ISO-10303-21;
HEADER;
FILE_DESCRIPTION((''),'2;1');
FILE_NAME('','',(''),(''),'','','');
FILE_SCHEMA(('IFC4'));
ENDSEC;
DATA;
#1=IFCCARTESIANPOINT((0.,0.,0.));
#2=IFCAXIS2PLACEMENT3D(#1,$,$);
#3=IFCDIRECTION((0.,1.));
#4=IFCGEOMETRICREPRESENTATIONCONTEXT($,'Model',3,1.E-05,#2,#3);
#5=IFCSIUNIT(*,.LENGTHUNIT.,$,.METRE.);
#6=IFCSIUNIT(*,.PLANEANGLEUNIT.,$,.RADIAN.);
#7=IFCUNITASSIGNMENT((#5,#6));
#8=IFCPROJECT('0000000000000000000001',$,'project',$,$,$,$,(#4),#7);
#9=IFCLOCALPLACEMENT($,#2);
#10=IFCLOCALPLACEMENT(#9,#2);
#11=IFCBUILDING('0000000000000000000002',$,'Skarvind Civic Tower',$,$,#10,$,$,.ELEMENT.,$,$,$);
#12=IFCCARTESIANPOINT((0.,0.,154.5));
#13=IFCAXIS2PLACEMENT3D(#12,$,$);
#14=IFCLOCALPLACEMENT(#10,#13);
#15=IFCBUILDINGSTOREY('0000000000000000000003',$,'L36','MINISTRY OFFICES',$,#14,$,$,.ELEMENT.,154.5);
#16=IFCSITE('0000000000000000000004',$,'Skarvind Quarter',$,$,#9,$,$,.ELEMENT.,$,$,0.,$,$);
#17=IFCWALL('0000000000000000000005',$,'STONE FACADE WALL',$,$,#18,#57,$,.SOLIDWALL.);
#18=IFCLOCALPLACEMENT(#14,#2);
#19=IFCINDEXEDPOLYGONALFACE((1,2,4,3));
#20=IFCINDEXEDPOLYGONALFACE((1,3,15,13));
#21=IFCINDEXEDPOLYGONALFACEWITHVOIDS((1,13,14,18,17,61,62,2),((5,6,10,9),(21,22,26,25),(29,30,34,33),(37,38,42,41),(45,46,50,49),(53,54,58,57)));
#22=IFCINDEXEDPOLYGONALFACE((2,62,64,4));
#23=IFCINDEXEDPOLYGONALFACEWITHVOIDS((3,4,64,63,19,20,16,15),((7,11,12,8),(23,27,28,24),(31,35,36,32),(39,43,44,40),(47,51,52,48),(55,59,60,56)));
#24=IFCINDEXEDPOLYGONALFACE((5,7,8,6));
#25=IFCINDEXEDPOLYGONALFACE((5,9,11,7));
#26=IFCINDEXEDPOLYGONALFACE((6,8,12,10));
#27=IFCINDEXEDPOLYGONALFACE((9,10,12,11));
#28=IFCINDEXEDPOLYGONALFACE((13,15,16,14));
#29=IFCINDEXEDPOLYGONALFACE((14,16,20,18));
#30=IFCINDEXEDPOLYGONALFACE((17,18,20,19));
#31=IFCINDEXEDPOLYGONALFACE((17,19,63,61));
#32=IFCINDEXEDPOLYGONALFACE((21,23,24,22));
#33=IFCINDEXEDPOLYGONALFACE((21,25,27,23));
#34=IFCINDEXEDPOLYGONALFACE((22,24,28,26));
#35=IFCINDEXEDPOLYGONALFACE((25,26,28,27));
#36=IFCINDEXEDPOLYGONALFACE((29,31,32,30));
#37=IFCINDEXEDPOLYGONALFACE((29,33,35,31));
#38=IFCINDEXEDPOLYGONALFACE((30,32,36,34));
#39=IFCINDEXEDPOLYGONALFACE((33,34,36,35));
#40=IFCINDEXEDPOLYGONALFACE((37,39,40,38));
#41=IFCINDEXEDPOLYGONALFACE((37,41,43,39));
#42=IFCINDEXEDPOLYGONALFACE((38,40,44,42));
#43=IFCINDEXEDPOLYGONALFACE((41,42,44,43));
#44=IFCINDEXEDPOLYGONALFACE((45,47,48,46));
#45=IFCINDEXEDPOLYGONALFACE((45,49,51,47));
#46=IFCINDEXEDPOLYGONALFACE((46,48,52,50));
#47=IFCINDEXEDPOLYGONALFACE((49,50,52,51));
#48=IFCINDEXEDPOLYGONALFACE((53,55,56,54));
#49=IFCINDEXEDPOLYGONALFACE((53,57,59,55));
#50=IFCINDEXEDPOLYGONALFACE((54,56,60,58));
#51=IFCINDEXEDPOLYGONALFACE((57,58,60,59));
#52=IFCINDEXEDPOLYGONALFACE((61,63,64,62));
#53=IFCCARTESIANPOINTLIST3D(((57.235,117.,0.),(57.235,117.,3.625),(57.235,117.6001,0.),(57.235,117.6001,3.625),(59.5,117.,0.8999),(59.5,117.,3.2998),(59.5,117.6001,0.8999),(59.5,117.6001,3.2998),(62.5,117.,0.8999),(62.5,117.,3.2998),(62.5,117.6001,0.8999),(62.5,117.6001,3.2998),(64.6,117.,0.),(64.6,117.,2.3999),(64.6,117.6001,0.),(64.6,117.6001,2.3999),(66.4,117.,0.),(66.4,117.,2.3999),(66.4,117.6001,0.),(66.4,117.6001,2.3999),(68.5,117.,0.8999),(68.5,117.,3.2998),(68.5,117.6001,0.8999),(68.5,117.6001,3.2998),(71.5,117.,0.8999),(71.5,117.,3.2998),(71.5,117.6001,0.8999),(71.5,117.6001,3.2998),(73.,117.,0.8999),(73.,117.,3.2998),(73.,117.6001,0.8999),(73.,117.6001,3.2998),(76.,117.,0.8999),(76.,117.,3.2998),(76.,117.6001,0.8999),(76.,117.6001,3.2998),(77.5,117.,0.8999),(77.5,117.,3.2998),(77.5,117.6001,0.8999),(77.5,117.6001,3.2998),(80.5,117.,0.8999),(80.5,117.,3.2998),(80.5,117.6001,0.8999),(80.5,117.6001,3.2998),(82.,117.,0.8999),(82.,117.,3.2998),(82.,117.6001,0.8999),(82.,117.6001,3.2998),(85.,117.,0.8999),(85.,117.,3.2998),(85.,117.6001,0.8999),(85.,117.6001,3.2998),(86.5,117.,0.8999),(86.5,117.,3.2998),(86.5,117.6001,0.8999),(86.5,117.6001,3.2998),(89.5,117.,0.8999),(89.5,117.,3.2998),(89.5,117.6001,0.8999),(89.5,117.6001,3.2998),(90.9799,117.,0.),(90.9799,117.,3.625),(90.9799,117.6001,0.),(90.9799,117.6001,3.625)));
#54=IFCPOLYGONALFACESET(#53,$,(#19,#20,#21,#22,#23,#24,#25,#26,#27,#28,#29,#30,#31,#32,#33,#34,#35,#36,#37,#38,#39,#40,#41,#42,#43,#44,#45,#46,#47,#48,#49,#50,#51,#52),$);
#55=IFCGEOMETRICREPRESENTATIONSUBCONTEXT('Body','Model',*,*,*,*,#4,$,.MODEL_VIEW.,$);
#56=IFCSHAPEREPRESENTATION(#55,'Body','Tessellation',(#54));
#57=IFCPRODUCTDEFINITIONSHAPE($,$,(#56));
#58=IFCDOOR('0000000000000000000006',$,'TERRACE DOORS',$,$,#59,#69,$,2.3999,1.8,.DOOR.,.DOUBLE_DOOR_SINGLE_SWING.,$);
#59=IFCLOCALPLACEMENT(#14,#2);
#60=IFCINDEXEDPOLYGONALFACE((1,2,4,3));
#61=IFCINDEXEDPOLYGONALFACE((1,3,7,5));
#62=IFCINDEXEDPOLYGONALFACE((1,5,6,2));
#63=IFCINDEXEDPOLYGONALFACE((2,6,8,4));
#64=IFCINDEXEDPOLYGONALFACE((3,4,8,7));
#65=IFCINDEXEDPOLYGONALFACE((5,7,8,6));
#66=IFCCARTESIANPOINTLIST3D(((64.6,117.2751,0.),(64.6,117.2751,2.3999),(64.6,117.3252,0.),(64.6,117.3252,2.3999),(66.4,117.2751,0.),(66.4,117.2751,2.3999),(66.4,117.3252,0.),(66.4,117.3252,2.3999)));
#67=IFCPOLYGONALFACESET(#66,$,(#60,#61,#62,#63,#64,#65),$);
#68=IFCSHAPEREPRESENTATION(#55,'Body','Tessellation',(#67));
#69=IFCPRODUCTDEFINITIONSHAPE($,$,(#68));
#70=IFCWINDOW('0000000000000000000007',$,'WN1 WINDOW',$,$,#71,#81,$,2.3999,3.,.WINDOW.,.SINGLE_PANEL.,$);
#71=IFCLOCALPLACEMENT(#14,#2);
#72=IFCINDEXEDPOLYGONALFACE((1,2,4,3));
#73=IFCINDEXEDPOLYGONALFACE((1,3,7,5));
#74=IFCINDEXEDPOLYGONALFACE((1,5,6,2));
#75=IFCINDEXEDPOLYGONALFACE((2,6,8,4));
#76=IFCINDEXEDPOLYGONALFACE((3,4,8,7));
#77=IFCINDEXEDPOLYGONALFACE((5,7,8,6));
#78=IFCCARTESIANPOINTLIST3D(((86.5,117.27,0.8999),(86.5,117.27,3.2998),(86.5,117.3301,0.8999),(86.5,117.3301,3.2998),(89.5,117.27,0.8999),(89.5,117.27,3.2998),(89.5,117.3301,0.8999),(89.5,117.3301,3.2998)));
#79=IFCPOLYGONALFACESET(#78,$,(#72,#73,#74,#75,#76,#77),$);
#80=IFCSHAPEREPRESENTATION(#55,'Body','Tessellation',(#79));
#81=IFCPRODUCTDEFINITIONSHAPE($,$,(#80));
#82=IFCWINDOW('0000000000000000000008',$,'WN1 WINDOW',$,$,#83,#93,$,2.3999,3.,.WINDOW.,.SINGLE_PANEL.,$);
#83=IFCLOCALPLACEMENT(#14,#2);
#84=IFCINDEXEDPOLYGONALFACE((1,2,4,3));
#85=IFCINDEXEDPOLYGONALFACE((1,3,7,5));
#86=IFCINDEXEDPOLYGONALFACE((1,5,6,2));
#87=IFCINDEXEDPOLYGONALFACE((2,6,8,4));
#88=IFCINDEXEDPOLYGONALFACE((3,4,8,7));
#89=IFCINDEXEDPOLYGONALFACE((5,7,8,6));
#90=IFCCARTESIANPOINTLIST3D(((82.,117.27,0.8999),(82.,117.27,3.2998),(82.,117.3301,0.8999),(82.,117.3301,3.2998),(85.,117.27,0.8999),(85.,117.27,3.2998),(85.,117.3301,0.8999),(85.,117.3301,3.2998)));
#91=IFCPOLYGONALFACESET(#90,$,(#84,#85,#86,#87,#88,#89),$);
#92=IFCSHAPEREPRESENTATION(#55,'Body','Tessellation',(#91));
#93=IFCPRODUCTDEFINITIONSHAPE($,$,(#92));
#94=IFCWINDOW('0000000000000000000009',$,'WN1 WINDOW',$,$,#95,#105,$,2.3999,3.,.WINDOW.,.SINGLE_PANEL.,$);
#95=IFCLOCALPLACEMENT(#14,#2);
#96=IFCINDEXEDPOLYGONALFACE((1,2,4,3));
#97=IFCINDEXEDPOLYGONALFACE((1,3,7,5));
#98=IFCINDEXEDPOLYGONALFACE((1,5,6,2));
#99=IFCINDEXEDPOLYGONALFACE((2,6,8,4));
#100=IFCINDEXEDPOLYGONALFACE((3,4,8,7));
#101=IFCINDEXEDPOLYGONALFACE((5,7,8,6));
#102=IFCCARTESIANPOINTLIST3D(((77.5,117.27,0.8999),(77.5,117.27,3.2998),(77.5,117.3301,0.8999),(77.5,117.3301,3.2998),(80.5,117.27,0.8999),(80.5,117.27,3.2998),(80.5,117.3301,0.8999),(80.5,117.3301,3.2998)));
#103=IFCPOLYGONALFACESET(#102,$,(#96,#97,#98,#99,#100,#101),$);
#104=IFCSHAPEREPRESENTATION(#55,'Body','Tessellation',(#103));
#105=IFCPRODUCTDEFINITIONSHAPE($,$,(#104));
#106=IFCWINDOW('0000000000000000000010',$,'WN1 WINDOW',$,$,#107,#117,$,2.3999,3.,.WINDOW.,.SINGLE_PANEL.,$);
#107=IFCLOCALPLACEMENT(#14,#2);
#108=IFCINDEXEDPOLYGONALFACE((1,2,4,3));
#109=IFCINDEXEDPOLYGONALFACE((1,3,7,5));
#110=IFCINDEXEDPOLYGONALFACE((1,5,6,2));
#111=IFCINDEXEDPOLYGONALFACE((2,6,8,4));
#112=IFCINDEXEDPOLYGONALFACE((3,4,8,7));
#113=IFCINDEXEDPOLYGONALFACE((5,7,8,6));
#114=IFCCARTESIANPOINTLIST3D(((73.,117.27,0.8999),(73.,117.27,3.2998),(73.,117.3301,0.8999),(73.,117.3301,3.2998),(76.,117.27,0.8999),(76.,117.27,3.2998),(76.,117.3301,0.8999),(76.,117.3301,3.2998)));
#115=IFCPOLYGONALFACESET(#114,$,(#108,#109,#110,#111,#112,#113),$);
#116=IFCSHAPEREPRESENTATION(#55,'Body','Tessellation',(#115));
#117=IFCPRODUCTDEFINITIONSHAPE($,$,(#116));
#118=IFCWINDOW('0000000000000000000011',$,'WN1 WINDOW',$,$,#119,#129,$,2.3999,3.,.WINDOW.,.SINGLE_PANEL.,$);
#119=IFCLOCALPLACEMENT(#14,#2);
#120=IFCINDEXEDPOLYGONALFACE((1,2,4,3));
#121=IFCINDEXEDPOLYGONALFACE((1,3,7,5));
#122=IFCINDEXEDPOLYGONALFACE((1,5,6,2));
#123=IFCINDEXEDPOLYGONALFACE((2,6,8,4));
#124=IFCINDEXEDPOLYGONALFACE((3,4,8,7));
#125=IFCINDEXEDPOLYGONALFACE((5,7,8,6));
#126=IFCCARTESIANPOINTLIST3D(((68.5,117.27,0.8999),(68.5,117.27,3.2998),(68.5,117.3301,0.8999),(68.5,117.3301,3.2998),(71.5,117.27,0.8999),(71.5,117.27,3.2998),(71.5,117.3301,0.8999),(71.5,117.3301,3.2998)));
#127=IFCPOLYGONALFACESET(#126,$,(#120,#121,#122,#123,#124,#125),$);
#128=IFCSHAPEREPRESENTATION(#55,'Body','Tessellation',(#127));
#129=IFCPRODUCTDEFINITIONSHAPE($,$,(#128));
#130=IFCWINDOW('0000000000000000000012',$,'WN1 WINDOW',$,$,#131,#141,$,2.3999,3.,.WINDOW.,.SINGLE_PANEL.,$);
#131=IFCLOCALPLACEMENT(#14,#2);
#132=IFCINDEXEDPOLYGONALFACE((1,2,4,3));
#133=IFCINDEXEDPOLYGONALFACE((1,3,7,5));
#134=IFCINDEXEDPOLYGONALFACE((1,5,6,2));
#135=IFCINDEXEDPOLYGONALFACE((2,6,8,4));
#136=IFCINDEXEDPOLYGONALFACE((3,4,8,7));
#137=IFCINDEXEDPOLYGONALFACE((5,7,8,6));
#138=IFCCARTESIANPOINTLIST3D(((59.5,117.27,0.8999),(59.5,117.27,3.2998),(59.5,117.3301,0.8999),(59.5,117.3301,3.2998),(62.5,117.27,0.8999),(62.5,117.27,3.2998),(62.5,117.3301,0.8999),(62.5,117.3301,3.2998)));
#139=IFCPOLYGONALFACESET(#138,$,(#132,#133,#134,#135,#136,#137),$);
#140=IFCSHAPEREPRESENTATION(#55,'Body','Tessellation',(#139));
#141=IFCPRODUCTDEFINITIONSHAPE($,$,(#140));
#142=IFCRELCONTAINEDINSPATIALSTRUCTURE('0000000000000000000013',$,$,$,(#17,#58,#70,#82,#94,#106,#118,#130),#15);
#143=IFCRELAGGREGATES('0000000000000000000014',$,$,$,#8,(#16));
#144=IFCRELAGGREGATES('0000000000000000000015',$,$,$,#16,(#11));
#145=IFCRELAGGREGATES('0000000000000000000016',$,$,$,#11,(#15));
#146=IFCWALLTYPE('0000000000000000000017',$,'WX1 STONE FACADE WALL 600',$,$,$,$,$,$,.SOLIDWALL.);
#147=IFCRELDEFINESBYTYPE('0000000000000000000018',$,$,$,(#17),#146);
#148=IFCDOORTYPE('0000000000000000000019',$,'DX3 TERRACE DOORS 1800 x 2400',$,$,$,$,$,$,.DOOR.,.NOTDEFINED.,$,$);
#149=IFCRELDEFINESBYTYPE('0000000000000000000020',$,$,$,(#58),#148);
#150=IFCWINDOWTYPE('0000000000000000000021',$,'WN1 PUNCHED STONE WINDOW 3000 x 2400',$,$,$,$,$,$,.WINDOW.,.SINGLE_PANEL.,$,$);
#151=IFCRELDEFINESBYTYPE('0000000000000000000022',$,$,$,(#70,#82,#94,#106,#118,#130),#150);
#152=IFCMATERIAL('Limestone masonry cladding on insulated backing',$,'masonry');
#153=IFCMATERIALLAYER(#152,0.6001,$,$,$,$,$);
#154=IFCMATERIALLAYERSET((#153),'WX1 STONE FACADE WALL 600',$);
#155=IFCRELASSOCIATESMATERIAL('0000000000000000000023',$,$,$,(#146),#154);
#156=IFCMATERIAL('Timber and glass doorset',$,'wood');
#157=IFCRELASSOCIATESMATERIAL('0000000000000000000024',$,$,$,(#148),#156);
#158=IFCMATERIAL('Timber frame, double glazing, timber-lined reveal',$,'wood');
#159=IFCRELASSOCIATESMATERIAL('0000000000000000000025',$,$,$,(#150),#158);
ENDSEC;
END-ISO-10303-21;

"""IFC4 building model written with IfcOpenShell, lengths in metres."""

from ifc_helpers import new_model, si_unit, direction, frame, frame_2d, origin, place, context, subcontext, project, spatial, rectangle, extrude, material, layer, layer_set, type_object, element, fill, save


model = new_model("IFC4")

# Units and contexts
model_context = context("Model", 3, precision=1e-05, world=origin(), true_north=direction((0.0, 1.0)))
body_context = subcontext(model_context, "Body", "Model", "MODEL_VIEW")
ifc_project = project(units=[si_unit("LENGTHUNIT", "METRE"), si_unit("PLANEANGLEUNIT", "RADIAN")], contexts=[model_context])

# Site, building, storey
site_placement = place(None, origin())
site = spatial("IfcSite", under=ifc_project, at=site_placement, Name="Skarvind Quarter", CompositionType="ELEMENT", RefElevation=0.0)
building_placement = place(site_placement, origin())
building = spatial("IfcBuilding", under=site, at=building_placement, Name="Skarvind Civic Tower", CompositionType="ELEMENT")
storey_placement = place(building_placement, frame((0.0, 0.0, 154.5)))
storey = spatial("IfcBuildingStorey", under=building, at=storey_placement, Name="L36", Description="MINISTRY OFFICES", CompositionType="ELEMENT", Elevation=154.5)

# Wall, openings, door, windows
ifc_material_1 = material(Name="Limestone masonry cladding on insulated backing", Category="masonry")
ifc_layer_1 = layer(ifc_material_1, 0.6001)
ifc_layer_set_1 = layer_set([ifc_layer_1], Name="WX1 STONE FACADE WALL 600")
wall_type_1 = type_object("IfcWallType", Name="WX1 STONE FACADE WALL 600", PredefinedType="SOLIDWALL", material=ifc_layer_set_1)
wall_1_placement = place(storey_placement, frame((90.98, 117.3, 0.0), z_axis=(0.0, 0.0, 1.0), x_axis=(-1.0, 0.0, 0.0)))
wall_1 = element("IfcWall", 1, at=wall_1_placement, inside=storey, type_object=wall_type_1, Name="STONE FACADE WALL", PredefinedType="SOLIDWALL", context=body_context, shape_type="SweptSolid", body=[
    extrude(rectangle(XDim=33.7449, YDim=0.6001, at=frame_2d((16.8726, 0.0))), origin(), (0.0, 0.0, 1.0), 3.625),
])
opening_1_placement = place(wall_1_placement, frame((1.48, 0.0, 0.8999)))
opening_1 = element("IfcOpeningElement", 2, at=opening_1_placement, cuts=wall_1, PredefinedType="OPENING", context=body_context, shape_type="SweptSolid", body=[
    extrude(rectangle(XDim=3.0, YDim=2.3999, at=frame_2d((1.5, 1.2))), frame((0.0, 0.3101, 0.0), z_axis=(0.0, -1.0, 0.0), x_axis=(1.0, 0.0, 0.0)), (0.0, 0.0, 1.0), 0.6201),
])
opening_2_placement = place(wall_1_placement, frame((5.98, 0.0, 0.8999)))
opening_2 = element("IfcOpeningElement", 3, at=opening_2_placement, cuts=wall_1, PredefinedType="OPENING", context=body_context, shape_type="SweptSolid", body=[
    extrude(rectangle(XDim=3.0, YDim=2.3999, at=frame_2d((1.5, 1.2))), frame((0.0, 0.3101, 0.0), z_axis=(0.0, -1.0, 0.0), x_axis=(1.0, 0.0, 0.0)), (0.0, 0.0, 1.0), 0.6201),
])
opening_3_placement = place(wall_1_placement, frame((10.48, 0.0, 0.8999)))
opening_3 = element("IfcOpeningElement", 4, at=opening_3_placement, cuts=wall_1, PredefinedType="OPENING", context=body_context, shape_type="SweptSolid", body=[
    extrude(rectangle(XDim=3.0, YDim=2.3999, at=frame_2d((1.5, 1.2))), frame((0.0, 0.3101, 0.0), z_axis=(0.0, -1.0, 0.0), x_axis=(1.0, 0.0, 0.0)), (0.0, 0.0, 1.0), 0.6201),
])
opening_4_placement = place(wall_1_placement, frame((14.98, 0.0, 0.8999)))
opening_4 = element("IfcOpeningElement", 5, at=opening_4_placement, cuts=wall_1, PredefinedType="OPENING", context=body_context, shape_type="SweptSolid", body=[
    extrude(rectangle(XDim=3.0, YDim=2.3999, at=frame_2d((1.5, 1.2))), frame((0.0, 0.3101, 0.0), z_axis=(0.0, -1.0, 0.0), x_axis=(1.0, 0.0, 0.0)), (0.0, 0.0, 1.0), 0.6201),
])
opening_5_placement = place(wall_1_placement, frame((19.48, 0.0, 0.8999)))
opening_5 = element("IfcOpeningElement", 6, at=opening_5_placement, cuts=wall_1, PredefinedType="OPENING", context=body_context, shape_type="SweptSolid", body=[
    extrude(rectangle(XDim=3.0, YDim=2.3999, at=frame_2d((1.5, 1.2))), frame((0.0, 0.3101, 0.0), z_axis=(0.0, -1.0, 0.0), x_axis=(1.0, 0.0, 0.0)), (0.0, 0.0, 1.0), 0.6201),
])
opening_6_placement = place(wall_1_placement, frame((24.5801, 0.0, 0.0)))
opening_6 = element("IfcOpeningElement", 7, at=opening_6_placement, cuts=wall_1, PredefinedType="OPENING", context=body_context, shape_type="SweptSolid", body=[
    extrude(rectangle(XDim=1.8, YDim=2.3999, at=frame_2d((0.8999, 1.2))), frame((0.0, 0.3101, 0.0), z_axis=(0.0, -1.0, 0.0), x_axis=(1.0, 0.0, 0.0)), (0.0, 0.0, 1.0), 0.6201),
])
opening_7_placement = place(wall_1_placement, frame((28.48, 0.0, 0.8999)))
opening_7 = element("IfcOpeningElement", 8, at=opening_7_placement, cuts=wall_1, PredefinedType="OPENING", context=body_context, shape_type="SweptSolid", body=[
    extrude(rectangle(XDim=3.0, YDim=2.3999, at=frame_2d((1.5, 1.2))), frame((0.0, 0.3101, 0.0), z_axis=(0.0, -1.0, 0.0), x_axis=(1.0, 0.0, 0.0)), (0.0, 0.0, 1.0), 0.6201),
])
ifc_material_2 = material(Name="Timber and glass doorset", Category="wood")
door_type_1 = type_object("IfcDoorType", Name="DX3 TERRACE DOORS 1800 x 2400", OperationType="NOTDEFINED", PredefinedType="DOOR", material=ifc_material_2)
door_1_placement = place(opening_6_placement, origin())
door_1 = element("IfcDoor", 9, at=door_1_placement, inside=storey, type_object=door_type_1, Name="TERRACE DOORS", OperationType="DOUBLE_DOOR_SINGLE_SWING", OverallHeight=2.3999, OverallWidth=1.8, PredefinedType="DOOR", context=body_context, shape_type="SweptSolid", body=[
    extrude(rectangle(XDim=1.8, YDim=2.3999, at=frame_2d((0.8999, 1.2))), frame((0.0, 0.0249, 0.0), z_axis=(0.0, -1.0, 0.0), x_axis=(1.0, 0.0, 0.0)), (0.0, 0.0, 1.0), 0.05),
])
fill(opening_6, door_1)
ifc_material_3 = material(Name="Timber frame, double glazing, timber-lined reveal", Category="wood")
window_type = type_object("IfcWindowType", Name="WN1 PUNCHED STONE WINDOW 3000 x 2400", PartitioningType="SINGLE_PANEL", PredefinedType="WINDOW", material=ifc_material_3)
window_1_placement = place(opening_1_placement, origin())
window_1 = element("IfcWindow", 10, at=window_1_placement, inside=storey, type_object=window_type, Name="WN1 WINDOW", OverallHeight=2.3999, OverallWidth=3.0, PartitioningType="SINGLE_PANEL", PredefinedType="WINDOW", context=body_context, shape_type="SweptSolid", body=[
    extrude(rectangle(XDim=3.0, YDim=2.3999, at=frame_2d((1.5, 1.2))), frame((0.0, 0.03, 0.0), z_axis=(0.0, -1.0, 0.0), x_axis=(1.0, 0.0, 0.0)), (0.0, 0.0, 1.0), 0.0601),
])
fill(opening_1, window_1)
window_2_placement = place(opening_2_placement, origin())
window_2 = element("IfcWindow", 11, at=window_2_placement, inside=storey, type_object=window_type, Name="WN1 WINDOW", OverallHeight=2.3999, OverallWidth=3.0, PartitioningType="SINGLE_PANEL", PredefinedType="WINDOW", context=body_context, shape_type="SweptSolid", body=[
    extrude(rectangle(XDim=3.0, YDim=2.3999, at=frame_2d((1.5, 1.2))), frame((0.0, 0.03, 0.0), z_axis=(0.0, -1.0, 0.0), x_axis=(1.0, 0.0, 0.0)), (0.0, 0.0, 1.0), 0.0601),
])
fill(opening_2, window_2)
window_3_placement = place(opening_3_placement, origin())
window_3 = element("IfcWindow", 12, at=window_3_placement, inside=storey, type_object=window_type, Name="WN1 WINDOW", OverallHeight=2.3999, OverallWidth=3.0, PartitioningType="SINGLE_PANEL", PredefinedType="WINDOW", context=body_context, shape_type="SweptSolid", body=[
    extrude(rectangle(XDim=3.0, YDim=2.3999, at=frame_2d((1.5, 1.2))), frame((0.0, 0.03, 0.0), z_axis=(0.0, -1.0, 0.0), x_axis=(1.0, 0.0, 0.0)), (0.0, 0.0, 1.0), 0.0601),
])
fill(opening_3, window_3)
window_4_placement = place(opening_4_placement, origin())
window_4 = element("IfcWindow", 13, at=window_4_placement, inside=storey, type_object=window_type, Name="WN1 WINDOW", OverallHeight=2.3999, OverallWidth=3.0, PartitioningType="SINGLE_PANEL", PredefinedType="WINDOW", context=body_context, shape_type="SweptSolid", body=[
    extrude(rectangle(XDim=3.0, YDim=2.3999, at=frame_2d((1.5, 1.2))), frame((0.0, 0.03, 0.0), z_axis=(0.0, -1.0, 0.0), x_axis=(1.0, 0.0, 0.0)), (0.0, 0.0, 1.0), 0.0601),
])
fill(opening_4, window_4)
window_5_placement = place(opening_5_placement, origin())
window_5 = element("IfcWindow", 14, at=window_5_placement, inside=storey, type_object=window_type, Name="WN1 WINDOW", OverallHeight=2.3999, OverallWidth=3.0, PartitioningType="SINGLE_PANEL", PredefinedType="WINDOW", context=body_context, shape_type="SweptSolid", body=[
    extrude(rectangle(XDim=3.0, YDim=2.3999, at=frame_2d((1.5, 1.2))), frame((0.0, 0.03, 0.0), z_axis=(0.0, -1.0, 0.0), x_axis=(1.0, 0.0, 0.0)), (0.0, 0.0, 1.0), 0.0601),
])
fill(opening_5, window_5)
window_6_placement = place(opening_7_placement, origin())
window_6 = element("IfcWindow", 15, at=window_6_placement, inside=storey, type_object=window_type, Name="WN1 WINDOW", OverallHeight=2.3999, OverallWidth=3.0, PartitioningType="SINGLE_PANEL", PredefinedType="WINDOW", context=body_context, shape_type="SweptSolid", body=[
    extrude(rectangle(XDim=3.0, YDim=2.3999, at=frame_2d((1.5, 1.2))), frame((0.0, 0.03, 0.0), z_axis=(0.0, -1.0, 0.0), x_axis=(1.0, 0.0, 0.0)), (0.0, 0.0, 1.0), 0.0601),
])
fill(opening_7, window_6)

save(model, "model.ifc")
